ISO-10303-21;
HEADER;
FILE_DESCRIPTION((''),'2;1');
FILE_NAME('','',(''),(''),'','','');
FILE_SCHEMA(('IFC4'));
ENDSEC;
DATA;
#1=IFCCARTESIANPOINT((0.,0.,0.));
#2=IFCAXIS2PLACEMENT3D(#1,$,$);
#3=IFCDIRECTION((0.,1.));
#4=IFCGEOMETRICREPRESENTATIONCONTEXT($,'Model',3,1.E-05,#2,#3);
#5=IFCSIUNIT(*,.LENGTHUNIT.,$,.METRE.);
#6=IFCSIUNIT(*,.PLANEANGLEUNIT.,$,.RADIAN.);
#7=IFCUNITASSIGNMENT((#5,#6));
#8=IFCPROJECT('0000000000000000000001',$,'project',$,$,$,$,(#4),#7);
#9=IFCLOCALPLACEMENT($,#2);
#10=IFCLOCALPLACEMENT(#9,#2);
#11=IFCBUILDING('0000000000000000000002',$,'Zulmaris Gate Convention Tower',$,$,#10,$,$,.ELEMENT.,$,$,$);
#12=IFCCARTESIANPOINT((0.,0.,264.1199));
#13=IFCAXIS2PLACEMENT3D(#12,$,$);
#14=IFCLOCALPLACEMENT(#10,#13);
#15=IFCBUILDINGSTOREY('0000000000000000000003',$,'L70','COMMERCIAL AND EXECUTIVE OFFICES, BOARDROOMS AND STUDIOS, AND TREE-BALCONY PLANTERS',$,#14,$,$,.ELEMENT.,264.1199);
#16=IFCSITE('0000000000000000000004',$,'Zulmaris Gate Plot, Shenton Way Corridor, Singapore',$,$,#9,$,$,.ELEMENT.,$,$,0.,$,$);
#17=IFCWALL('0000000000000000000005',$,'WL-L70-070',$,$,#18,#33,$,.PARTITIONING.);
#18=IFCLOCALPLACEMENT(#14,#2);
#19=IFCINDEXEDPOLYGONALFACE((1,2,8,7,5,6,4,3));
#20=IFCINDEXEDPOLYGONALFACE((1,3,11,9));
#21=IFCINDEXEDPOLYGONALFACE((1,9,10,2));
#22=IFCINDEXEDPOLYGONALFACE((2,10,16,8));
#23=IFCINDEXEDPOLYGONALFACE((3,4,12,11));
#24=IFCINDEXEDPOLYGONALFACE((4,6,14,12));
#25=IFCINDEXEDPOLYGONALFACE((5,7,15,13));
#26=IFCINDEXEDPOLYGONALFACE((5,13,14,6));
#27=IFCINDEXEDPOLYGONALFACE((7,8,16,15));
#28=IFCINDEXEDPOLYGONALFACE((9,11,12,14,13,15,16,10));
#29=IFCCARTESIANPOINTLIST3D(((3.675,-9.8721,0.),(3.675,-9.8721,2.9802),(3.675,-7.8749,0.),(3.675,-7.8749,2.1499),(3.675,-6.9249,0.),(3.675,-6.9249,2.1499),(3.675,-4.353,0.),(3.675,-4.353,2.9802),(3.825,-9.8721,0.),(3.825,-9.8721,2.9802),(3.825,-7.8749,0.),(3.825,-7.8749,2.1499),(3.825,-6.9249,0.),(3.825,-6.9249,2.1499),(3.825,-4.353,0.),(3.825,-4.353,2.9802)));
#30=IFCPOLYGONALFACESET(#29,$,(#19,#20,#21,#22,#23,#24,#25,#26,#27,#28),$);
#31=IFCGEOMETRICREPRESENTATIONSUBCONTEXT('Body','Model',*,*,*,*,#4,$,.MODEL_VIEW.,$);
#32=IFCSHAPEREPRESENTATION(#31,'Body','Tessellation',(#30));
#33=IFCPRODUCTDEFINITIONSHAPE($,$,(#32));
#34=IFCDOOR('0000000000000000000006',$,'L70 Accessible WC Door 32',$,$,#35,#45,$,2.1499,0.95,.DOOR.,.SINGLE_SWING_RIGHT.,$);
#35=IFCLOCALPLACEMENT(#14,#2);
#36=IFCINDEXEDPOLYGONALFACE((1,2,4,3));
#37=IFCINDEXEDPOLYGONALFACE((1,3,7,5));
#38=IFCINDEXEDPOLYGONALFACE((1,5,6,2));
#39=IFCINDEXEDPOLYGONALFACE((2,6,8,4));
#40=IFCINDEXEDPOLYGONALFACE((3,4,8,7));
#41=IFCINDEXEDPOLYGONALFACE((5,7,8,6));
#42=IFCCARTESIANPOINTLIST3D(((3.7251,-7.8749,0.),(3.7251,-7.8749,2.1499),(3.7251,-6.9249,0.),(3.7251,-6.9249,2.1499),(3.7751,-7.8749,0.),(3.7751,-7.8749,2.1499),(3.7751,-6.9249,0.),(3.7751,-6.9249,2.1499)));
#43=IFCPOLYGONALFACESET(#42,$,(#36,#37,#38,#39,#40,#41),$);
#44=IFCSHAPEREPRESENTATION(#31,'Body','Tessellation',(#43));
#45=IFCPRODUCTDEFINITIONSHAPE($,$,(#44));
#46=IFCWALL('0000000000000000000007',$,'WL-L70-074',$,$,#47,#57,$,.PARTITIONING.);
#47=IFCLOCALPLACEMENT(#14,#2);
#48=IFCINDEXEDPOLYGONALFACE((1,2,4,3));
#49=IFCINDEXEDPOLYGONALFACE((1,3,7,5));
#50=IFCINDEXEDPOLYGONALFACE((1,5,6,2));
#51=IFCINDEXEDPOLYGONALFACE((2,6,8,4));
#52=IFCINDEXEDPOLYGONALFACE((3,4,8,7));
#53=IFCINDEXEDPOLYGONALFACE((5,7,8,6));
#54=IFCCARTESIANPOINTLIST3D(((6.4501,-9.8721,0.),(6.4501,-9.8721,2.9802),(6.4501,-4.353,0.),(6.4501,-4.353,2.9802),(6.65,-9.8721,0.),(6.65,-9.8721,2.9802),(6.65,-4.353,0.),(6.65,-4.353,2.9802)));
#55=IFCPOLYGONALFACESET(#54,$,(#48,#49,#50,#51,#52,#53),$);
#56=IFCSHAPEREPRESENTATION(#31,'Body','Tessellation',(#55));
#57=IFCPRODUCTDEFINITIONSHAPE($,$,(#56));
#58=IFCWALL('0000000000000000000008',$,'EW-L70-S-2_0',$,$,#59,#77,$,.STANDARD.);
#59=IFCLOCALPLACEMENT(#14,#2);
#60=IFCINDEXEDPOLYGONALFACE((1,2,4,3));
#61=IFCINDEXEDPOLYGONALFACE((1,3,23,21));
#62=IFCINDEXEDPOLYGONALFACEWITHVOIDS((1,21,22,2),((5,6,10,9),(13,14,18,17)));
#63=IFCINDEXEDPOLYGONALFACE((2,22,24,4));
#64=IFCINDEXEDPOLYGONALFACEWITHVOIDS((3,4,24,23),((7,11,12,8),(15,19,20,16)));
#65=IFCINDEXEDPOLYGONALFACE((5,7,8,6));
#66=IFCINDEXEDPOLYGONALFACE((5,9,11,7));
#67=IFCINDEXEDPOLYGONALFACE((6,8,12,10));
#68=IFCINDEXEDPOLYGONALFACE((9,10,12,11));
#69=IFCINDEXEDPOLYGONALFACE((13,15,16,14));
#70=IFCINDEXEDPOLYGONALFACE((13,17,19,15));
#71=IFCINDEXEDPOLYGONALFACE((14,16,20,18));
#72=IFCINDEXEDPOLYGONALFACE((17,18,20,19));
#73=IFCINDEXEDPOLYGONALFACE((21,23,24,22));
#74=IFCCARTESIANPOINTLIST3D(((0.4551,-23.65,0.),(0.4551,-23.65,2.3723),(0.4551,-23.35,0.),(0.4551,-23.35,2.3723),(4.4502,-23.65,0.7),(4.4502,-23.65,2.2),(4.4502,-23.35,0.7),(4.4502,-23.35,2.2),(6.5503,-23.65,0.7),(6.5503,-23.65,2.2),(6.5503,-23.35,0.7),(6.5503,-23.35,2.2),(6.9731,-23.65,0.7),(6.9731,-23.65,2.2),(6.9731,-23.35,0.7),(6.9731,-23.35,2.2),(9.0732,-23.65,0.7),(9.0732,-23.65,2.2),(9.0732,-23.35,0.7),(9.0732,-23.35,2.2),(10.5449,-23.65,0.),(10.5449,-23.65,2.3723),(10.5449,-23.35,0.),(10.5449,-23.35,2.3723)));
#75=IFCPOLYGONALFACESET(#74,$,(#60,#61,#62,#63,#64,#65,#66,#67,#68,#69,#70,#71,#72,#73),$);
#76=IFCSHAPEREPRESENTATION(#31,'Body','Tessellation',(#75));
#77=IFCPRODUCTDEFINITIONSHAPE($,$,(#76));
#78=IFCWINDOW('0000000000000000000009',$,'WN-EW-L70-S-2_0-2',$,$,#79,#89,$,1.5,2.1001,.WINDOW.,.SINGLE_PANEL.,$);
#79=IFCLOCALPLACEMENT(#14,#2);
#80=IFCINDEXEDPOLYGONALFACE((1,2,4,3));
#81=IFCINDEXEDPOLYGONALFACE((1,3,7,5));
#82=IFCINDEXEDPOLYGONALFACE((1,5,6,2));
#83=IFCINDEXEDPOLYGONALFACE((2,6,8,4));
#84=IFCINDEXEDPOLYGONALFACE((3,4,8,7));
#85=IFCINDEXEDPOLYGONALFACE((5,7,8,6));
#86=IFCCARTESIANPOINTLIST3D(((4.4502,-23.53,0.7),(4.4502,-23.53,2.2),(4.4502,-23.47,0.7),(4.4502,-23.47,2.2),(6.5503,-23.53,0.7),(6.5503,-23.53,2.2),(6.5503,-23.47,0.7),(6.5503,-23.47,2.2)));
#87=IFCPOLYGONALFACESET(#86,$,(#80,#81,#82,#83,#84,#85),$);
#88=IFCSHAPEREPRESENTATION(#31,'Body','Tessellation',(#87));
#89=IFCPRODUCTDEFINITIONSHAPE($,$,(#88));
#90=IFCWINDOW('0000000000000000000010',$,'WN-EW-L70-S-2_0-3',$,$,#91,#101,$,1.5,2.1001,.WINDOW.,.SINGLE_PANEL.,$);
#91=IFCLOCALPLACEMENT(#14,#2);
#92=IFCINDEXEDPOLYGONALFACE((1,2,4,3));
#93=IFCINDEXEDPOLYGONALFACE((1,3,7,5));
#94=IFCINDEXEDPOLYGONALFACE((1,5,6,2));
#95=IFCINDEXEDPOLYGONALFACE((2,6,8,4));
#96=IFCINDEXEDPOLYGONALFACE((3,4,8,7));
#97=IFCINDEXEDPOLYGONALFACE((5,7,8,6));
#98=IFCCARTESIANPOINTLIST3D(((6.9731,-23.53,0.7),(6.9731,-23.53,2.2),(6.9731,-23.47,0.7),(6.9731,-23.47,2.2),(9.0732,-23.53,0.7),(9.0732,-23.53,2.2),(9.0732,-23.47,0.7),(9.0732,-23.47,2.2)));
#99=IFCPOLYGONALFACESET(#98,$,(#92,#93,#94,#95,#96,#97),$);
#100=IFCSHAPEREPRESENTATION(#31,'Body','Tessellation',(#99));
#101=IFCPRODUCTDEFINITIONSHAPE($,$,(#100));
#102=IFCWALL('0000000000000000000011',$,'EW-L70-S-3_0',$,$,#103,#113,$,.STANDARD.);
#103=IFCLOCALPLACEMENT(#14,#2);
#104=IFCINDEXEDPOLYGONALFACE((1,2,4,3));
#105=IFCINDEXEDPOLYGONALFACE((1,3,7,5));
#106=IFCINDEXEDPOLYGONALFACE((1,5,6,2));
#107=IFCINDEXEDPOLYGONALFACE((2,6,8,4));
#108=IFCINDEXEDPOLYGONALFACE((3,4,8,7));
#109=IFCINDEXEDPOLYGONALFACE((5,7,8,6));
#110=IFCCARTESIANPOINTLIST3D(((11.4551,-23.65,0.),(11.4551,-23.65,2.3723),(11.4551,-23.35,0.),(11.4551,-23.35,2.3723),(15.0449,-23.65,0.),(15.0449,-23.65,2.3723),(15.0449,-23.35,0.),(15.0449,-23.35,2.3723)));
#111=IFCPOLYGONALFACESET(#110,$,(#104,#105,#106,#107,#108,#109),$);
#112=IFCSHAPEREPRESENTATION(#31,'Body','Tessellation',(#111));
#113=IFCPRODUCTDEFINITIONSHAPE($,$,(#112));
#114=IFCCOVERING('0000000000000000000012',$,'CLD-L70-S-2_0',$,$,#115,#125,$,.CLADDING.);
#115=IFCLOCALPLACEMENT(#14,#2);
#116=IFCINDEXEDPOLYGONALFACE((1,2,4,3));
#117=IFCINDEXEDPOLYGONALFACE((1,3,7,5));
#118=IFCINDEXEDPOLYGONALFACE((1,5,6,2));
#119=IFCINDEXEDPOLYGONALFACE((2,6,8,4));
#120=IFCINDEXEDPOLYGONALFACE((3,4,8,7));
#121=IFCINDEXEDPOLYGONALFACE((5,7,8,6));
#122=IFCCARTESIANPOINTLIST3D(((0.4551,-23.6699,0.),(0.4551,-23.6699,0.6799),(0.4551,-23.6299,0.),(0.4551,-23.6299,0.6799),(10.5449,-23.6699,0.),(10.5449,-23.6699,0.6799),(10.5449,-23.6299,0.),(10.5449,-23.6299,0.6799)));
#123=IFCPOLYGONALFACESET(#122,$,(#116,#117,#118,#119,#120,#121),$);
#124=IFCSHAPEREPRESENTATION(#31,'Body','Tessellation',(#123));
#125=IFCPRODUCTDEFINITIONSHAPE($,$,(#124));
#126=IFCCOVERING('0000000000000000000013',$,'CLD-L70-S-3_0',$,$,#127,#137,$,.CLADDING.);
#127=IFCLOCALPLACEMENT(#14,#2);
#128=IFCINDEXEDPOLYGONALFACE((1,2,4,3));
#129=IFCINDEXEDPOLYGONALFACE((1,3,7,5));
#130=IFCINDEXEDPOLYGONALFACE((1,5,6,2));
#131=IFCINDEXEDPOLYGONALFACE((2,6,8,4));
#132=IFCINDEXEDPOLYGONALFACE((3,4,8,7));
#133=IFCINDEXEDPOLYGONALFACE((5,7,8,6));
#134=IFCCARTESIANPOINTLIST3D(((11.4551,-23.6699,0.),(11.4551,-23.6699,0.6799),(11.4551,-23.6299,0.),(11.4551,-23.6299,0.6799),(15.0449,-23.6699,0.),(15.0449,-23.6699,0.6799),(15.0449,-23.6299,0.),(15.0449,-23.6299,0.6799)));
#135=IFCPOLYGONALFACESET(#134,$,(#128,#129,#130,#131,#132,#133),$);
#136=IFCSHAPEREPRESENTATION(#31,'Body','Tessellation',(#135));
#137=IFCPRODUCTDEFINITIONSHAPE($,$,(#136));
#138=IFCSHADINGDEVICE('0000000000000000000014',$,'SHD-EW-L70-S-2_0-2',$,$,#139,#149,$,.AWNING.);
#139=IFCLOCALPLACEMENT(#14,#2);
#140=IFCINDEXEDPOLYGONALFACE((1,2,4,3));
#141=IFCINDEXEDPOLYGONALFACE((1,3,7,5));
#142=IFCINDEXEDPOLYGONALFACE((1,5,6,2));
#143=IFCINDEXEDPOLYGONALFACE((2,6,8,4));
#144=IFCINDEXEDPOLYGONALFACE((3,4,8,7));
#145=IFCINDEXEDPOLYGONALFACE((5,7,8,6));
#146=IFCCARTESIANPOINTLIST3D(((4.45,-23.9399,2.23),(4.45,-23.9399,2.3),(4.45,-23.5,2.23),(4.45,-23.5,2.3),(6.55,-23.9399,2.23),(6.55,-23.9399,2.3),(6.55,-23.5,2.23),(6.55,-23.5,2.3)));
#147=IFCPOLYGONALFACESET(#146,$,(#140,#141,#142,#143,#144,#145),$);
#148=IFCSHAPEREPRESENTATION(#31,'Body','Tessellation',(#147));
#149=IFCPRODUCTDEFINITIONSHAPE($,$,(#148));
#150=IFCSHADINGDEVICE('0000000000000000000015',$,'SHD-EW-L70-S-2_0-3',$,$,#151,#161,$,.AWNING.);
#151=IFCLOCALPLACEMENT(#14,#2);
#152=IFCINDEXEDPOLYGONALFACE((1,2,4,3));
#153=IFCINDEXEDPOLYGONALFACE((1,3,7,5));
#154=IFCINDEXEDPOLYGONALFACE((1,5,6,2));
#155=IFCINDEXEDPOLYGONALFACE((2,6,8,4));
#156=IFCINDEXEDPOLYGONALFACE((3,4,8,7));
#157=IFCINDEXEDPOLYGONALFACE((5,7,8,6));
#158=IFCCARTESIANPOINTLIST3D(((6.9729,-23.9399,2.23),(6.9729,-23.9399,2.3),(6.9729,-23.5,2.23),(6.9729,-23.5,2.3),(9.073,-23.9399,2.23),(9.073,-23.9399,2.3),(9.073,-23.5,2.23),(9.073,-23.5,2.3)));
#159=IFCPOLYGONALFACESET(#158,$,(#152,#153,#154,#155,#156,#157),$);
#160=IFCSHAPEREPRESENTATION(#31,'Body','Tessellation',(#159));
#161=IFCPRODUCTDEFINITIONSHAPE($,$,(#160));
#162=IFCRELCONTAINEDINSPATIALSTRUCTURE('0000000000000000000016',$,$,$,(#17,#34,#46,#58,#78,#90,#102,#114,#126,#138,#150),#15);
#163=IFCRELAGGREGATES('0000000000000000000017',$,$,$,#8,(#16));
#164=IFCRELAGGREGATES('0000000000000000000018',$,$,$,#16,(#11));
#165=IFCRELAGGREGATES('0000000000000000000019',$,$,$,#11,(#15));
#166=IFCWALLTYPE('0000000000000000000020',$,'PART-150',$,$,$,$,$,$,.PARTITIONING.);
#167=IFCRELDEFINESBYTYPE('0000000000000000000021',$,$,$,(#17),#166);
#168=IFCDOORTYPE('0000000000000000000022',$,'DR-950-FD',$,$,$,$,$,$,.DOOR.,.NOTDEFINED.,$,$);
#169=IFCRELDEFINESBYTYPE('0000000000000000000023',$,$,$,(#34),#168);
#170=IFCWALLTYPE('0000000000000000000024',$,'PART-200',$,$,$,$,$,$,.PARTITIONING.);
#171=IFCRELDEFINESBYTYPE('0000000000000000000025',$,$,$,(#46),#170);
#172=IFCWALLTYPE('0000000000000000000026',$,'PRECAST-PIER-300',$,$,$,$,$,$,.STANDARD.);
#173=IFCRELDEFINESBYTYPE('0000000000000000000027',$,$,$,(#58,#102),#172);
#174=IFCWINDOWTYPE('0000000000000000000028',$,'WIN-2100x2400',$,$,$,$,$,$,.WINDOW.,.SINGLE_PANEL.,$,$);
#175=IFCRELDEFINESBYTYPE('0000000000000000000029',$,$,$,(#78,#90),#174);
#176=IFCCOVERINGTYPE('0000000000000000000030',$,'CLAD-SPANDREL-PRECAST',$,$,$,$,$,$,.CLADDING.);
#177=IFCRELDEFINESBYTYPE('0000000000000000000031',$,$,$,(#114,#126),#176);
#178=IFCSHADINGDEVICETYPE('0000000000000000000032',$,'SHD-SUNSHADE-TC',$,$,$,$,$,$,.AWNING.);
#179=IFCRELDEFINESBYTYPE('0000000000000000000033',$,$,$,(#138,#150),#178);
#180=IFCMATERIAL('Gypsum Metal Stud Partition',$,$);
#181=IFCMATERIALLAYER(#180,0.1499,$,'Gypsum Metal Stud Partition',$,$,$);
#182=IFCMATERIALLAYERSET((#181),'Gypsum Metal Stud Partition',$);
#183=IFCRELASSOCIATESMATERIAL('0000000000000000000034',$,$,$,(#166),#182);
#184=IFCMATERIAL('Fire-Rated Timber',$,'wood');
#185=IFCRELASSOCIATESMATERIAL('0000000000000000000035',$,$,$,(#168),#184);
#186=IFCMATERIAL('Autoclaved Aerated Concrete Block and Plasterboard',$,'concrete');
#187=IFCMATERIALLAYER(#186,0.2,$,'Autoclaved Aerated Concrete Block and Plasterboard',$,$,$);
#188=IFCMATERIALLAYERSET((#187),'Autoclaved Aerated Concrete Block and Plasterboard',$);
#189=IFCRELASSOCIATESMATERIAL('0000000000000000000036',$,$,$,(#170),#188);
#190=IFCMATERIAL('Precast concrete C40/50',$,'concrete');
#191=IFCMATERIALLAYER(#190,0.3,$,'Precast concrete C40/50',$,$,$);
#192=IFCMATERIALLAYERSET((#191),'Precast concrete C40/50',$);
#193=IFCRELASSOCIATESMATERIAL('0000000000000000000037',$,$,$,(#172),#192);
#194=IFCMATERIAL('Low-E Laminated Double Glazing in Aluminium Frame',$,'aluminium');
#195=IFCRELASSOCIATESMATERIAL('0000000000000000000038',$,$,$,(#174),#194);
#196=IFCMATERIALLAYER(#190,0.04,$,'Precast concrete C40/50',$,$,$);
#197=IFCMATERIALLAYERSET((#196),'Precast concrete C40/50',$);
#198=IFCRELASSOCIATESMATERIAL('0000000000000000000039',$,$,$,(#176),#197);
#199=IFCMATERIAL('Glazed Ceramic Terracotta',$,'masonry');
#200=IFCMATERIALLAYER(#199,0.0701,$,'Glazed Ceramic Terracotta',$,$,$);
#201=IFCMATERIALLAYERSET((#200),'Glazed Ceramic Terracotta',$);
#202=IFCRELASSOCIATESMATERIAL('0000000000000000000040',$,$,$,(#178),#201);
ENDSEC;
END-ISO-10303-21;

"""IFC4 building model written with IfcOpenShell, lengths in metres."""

from ifc_helpers import new_model, si_unit, direction, frame, frame_2d, origin, place, context, subcontext, project, spatial, rectangle, extrude, material, layer, layer_set, type_object, element, fill, save


model = new_model("IFC4")

# Units and contexts
model_context = context("Model", 3, precision=1e-05, world=origin(), true_north=direction((0.0, 1.0)))
body_context = subcontext(model_context, "Body", "Model", "MODEL_VIEW")
ifc_project = project(units=[si_unit("LENGTHUNIT", "METRE"), si_unit("PLANEANGLEUNIT", "RADIAN")], contexts=[model_context])

# Site, building, storey
site_placement = place(None, origin())
site = spatial("IfcSite", under=ifc_project, at=site_placement, Name="Zulmaris Gate Plot, Shenton Way Corridor, Singapore", CompositionType="ELEMENT", RefElevation=0.0)
building_placement = place(site_placement, origin())
building = spatial("IfcBuilding", under=site, at=building_placement, Name="Zulmaris Gate Convention Tower", CompositionType="ELEMENT")
storey_placement = place(building_placement, frame((0.0, 0.0, 264.1199)))
storey = spatial("IfcBuildingStorey", under=building, at=storey_placement, Name="L70", Description="COMMERCIAL AND EXECUTIVE OFFICES, BOARDROOMS AND STUDIOS, AND TREE-BALCONY PLANTERS", CompositionType="ELEMENT", Elevation=264.1199)

# Shared definitions
ifc_material_1 = material(Name="Gypsum Metal Stud Partition")
ifc_layer_1 = layer(ifc_material_1, 0.1499, Name="Gypsum Metal Stud Partition")
ifc_layer_set_1 = layer_set([ifc_layer_1], Name="Gypsum Metal Stud Partition")
wall_type_1 = type_object("IfcWallType", Name="PART-150", PredefinedType="PARTITIONING", material=ifc_layer_set_1)

# Wall, opening, door
wall_1_placement = place(storey_placement, frame((3.75, -9.8721, 0.0), z_axis=(0.0, 0.0, 1.0), x_axis=(0.0, 1.0, 0.0)))
wall_1 = element("IfcWall", 1, at=wall_1_placement, inside=storey, type_object=wall_type_1, Name="WL-L70-070", PredefinedType="PARTITIONING", context=body_context, shape_type="SweptSolid", body=[
    extrude(rectangle(XDim=5.519, YDim=0.1499, at=frame_2d((2.7595, 0.0))), origin(), (0.0, 0.0, 1.0), 2.9802),
])
opening_1_placement = place(wall_1_placement, frame((1.9971, 0.0, 0.0)))
opening_1 = element("IfcOpeningElement", 2, at=opening_1_placement, cuts=wall_1, PredefinedType="OPENING", context=body_context, shape_type="SweptSolid", body=[
    extrude(rectangle(XDim=0.95, YDim=2.1499, at=frame_2d((0.4751, 1.075))), frame((0.0, 0.085, 0.0), z_axis=(0.0, -1.0, 0.0), x_axis=(1.0, 0.0, 0.0)), (0.0, 0.0, 1.0), 0.1699),
])
ifc_material_2 = material(Name="Fire-Rated Timber", Category="wood")
door_type = type_object("IfcDoorType", Name="DR-950-FD", OperationType="NOTDEFINED", PredefinedType="DOOR", material=ifc_material_2)
door_placement = place(opening_1_placement, origin())
door = element("IfcDoor", 3, at=door_placement, inside=storey, type_object=door_type, Name="L70 Accessible WC Door 32", OperationType="SINGLE_SWING_RIGHT", OverallHeight=2.1499, OverallWidth=0.95, PredefinedType="DOOR", context=body_context, shape_type="SweptSolid", body=[
    extrude(rectangle(XDim=0.95, YDim=2.1499, at=frame_2d((0.4751, 1.075))), frame((0.0, 0.0249, 0.0), z_axis=(0.0, -1.0, 0.0), x_axis=(1.0, 0.0, 0.0)), (0.0, 0.0, 1.0), 0.05),
])
fill(opening_1, door)

# Wall
ifc_material_3 = material(Name="Autoclaved Aerated Concrete Block and Plasterboard", Category="concrete")
ifc_layer_2 = layer(ifc_material_3, 0.2, Name="Autoclaved Aerated Concrete Block and Plasterboard")
ifc_layer_set_2 = layer_set([ifc_layer_2], Name="Autoclaved Aerated Concrete Block and Plasterboard")
wall_type_2 = type_object("IfcWallType", Name="PART-200", PredefinedType="PARTITIONING", material=ifc_layer_set_2)
wall_2_placement = place(storey_placement, frame((6.55, -9.8721, 0.0), z_axis=(0.0, 0.0, 1.0), x_axis=(0.0, 1.0, 0.0)))
element("IfcWall", 4, at=wall_2_placement, inside=storey, type_object=wall_type_2, Name="WL-L70-074", PredefinedType="PARTITIONING", context=body_context, shape_type="SweptSolid", body=[
    extrude(rectangle(XDim=5.519, YDim=0.2, at=frame_2d((2.7595, 0.0))), origin(), (0.0, 0.0, 1.0), 2.9802),
])

# Wall, openings, windows
ifc_material_4 = material(Name="Precast concrete C40/50", Category="concrete")
ifc_layer_3 = layer(ifc_material_4, 0.3, Name="Precast concrete C40/50")
ifc_layer_set_3 = layer_set([ifc_layer_3], Name="Precast concrete C40/50")
wall_type_3 = type_object("IfcWallType", Name="PRECAST-PIER-300", PredefinedType="STANDARD", material=ifc_layer_set_3)
wall_3_placement = place(storey_placement, frame((0.4551, -23.5, 0.0), z_axis=(0.0, 0.0, 1.0), x_axis=(1.0, 0.0, 0.0)))
wall_3 = element("IfcWall", 5, at=wall_3_placement, inside=storey, type_object=wall_type_3, Name="EW-L70-S-2_0", PredefinedType="STANDARD", context=body_context, shape_type="SweptSolid", body=[
    extrude(rectangle(XDim=10.0898, YDim=0.3, at=frame_2d((5.0449, 0.0))), origin(), (0.0, 0.0, 1.0), 2.3723),
])
opening_2_placement = place(wall_3_placement, frame((3.9951, 0.0, 0.7)))
opening_2 = element("IfcOpeningElement", 6, at=opening_2_placement, cuts=wall_3, PredefinedType="OPENING", context=body_context, shape_type="SweptSolid", body=[
    extrude(rectangle(XDim=2.1001, YDim=1.5, at=frame_2d((1.05, 0.75))), frame((0.0, 0.1602, 0.0), z_axis=(0.0, -1.0, 0.0), x_axis=(1.0, 0.0, 0.0)), (0.0, 0.0, 1.0), 0.3201),
])
opening_3_placement = place(wall_3_placement, frame((6.5181, 0.0, 0.7)))
opening_3 = element("IfcOpeningElement", 7, at=opening_3_placement, cuts=wall_3, PredefinedType="OPENING", context=body_context, shape_type="SweptSolid", body=[
    extrude(rectangle(XDim=2.1001, YDim=1.5, at=frame_2d((1.05, 0.75))), frame((0.0, 0.1602, 0.0), z_axis=(0.0, -1.0, 0.0), x_axis=(1.0, 0.0, 0.0)), (0.0, 0.0, 1.0), 0.3201),
])
ifc_material_5 = material(Name="Low-E Laminated Double Glazing in Aluminium Frame", Category="aluminium")
window_type = type_object("IfcWindowType", Name="WIN-2100x2400", PartitioningType="SINGLE_PANEL", PredefinedType="WINDOW", material=ifc_material_5)
window_1_placement = place(opening_2_placement, origin())
window_1 = element("IfcWindow", 8, at=window_1_placement, inside=storey, type_object=window_type, Name="WN-EW-L70-S-2_0-2", OverallHeight=1.5, OverallWidth=2.1001, PartitioningType="SINGLE_PANEL", PredefinedType="WINDOW", context=body_context, shape_type="SweptSolid", body=[
    extrude(rectangle(XDim=2.1001, YDim=1.5, at=frame_2d((1.05, 0.75))), frame((0.0, 0.03, 0.0), z_axis=(0.0, -1.0, 0.0), x_axis=(1.0, 0.0, 0.0)), (0.0, 0.0, 1.0), 0.0601),
])
fill(opening_2, window_1)
window_2_placement = place(opening_3_placement, origin())
window_2 = element("IfcWindow", 9, at=window_2_placement, inside=storey, type_object=window_type, Name="WN-EW-L70-S-2_0-3", OverallHeight=1.5, OverallWidth=2.1001, PartitioningType="SINGLE_PANEL", PredefinedType="WINDOW", context=body_context, shape_type="SweptSolid", body=[
    extrude(rectangle(XDim=2.1001, YDim=1.5, at=frame_2d((1.05, 0.75))), frame((0.0, 0.03, 0.0), z_axis=(0.0, -1.0, 0.0), x_axis=(1.0, 0.0, 0.0)), (0.0, 0.0, 1.0), 0.0601),
])
fill(opening_3, window_2)

# Wall
wall_4_placement = place(storey_placement, frame((11.4551, -23.5, 0.0), z_axis=(0.0, 0.0, 1.0), x_axis=(1.0, 0.0, 0.0)))
element("IfcWall", 10, at=wall_4_placement, inside=storey, type_object=wall_type_3, Name="EW-L70-S-3_0", PredefinedType="STANDARD", context=body_context, shape_type="SweptSolid", body=[
    extrude(rectangle(XDim=3.5898, YDim=0.3, at=frame_2d((1.7949, 0.0))), origin(), (0.0, 0.0, 1.0), 2.3723),
])

# Coverings
ifc_layer_4 = layer(ifc_material_4, 0.04, Name="Precast concrete C40/50")
ifc_layer_set_4 = layer_set([ifc_layer_4], Name="Precast concrete C40/50")
covering_type = type_object("IfcCoveringType", Name="CLAD-SPANDREL-PRECAST", PredefinedType="CLADDING", material=ifc_layer_set_4)
covering_1_placement = place(storey_placement, frame((0.4551, -23.6499, 0.0), z_axis=(0.0, 0.0, 1.0), x_axis=(1.0, 0.0, 0.0)))
element("IfcCovering", 11, at=covering_1_placement, inside=storey, type_object=covering_type, Name="CLD-L70-S-2_0", PredefinedType="CLADDING", context=body_context, shape_type="SweptSolid", body=[
    extrude(rectangle(XDim=10.0898, YDim=0.04, at=frame_2d((5.0449, 0.0))), origin(), (0.0, 0.0, 1.0), 0.6799),
])
covering_2_placement = place(storey_placement, frame((11.4551, -23.6499, 0.0), z_axis=(0.0, 0.0, 1.0), x_axis=(1.0, 0.0, 0.0)))
element("IfcCovering", 12, at=covering_2_placement, inside=storey, type_object=covering_type, Name="CLD-L70-S-3_0", PredefinedType="CLADDING", context=body_context, shape_type="SweptSolid", body=[
    extrude(rectangle(XDim=3.5898, YDim=0.04, at=frame_2d((1.7949, 0.0))), origin(), (0.0, 0.0, 1.0), 0.6799),
])

# Shading devices
ifc_material_6 = material(Name="Glazed Ceramic Terracotta", Category="masonry")
ifc_layer_5 = layer(ifc_material_6, 0.0701, Name="Glazed Ceramic Terracotta")
ifc_layer_set_5 = layer_set([ifc_layer_5], Name="Glazed Ceramic Terracotta")
shading_device_type = type_object("IfcShadingDeviceType", Name="SHD-SUNSHADE-TC", PredefinedType="AWNING", material=ifc_layer_set_5)
for number, where, z_axis, x_axis, name in (
    (13, (4.45, -23.72, 2.23), (0.0, 0.0, 1.0), (1.0, 0.0, 0.0), "SHD-EW-L70-S-2_0-2"),
    (14, (6.9729, -23.72, 2.23), (0.0, 0.0, 1.0), (1.0, 0.0, 0.0), "SHD-EW-L70-S-2_0-3"),
):
    element("IfcShadingDevice", number, at=place(storey_placement, frame(where, z_axis=z_axis, x_axis=x_axis)), inside=storey, type_object=shading_device_type, Name=name, PredefinedType="AWNING", context=body_context, shape_type="SweptSolid", body=[
        extrude(rectangle(XDim=2.1001, YDim=0.4399, at=frame_2d((1.05, 0.0))), origin(), (0.0, 0.0, 1.0), 0.0701),
    ])

save(model, "model.ifc")
